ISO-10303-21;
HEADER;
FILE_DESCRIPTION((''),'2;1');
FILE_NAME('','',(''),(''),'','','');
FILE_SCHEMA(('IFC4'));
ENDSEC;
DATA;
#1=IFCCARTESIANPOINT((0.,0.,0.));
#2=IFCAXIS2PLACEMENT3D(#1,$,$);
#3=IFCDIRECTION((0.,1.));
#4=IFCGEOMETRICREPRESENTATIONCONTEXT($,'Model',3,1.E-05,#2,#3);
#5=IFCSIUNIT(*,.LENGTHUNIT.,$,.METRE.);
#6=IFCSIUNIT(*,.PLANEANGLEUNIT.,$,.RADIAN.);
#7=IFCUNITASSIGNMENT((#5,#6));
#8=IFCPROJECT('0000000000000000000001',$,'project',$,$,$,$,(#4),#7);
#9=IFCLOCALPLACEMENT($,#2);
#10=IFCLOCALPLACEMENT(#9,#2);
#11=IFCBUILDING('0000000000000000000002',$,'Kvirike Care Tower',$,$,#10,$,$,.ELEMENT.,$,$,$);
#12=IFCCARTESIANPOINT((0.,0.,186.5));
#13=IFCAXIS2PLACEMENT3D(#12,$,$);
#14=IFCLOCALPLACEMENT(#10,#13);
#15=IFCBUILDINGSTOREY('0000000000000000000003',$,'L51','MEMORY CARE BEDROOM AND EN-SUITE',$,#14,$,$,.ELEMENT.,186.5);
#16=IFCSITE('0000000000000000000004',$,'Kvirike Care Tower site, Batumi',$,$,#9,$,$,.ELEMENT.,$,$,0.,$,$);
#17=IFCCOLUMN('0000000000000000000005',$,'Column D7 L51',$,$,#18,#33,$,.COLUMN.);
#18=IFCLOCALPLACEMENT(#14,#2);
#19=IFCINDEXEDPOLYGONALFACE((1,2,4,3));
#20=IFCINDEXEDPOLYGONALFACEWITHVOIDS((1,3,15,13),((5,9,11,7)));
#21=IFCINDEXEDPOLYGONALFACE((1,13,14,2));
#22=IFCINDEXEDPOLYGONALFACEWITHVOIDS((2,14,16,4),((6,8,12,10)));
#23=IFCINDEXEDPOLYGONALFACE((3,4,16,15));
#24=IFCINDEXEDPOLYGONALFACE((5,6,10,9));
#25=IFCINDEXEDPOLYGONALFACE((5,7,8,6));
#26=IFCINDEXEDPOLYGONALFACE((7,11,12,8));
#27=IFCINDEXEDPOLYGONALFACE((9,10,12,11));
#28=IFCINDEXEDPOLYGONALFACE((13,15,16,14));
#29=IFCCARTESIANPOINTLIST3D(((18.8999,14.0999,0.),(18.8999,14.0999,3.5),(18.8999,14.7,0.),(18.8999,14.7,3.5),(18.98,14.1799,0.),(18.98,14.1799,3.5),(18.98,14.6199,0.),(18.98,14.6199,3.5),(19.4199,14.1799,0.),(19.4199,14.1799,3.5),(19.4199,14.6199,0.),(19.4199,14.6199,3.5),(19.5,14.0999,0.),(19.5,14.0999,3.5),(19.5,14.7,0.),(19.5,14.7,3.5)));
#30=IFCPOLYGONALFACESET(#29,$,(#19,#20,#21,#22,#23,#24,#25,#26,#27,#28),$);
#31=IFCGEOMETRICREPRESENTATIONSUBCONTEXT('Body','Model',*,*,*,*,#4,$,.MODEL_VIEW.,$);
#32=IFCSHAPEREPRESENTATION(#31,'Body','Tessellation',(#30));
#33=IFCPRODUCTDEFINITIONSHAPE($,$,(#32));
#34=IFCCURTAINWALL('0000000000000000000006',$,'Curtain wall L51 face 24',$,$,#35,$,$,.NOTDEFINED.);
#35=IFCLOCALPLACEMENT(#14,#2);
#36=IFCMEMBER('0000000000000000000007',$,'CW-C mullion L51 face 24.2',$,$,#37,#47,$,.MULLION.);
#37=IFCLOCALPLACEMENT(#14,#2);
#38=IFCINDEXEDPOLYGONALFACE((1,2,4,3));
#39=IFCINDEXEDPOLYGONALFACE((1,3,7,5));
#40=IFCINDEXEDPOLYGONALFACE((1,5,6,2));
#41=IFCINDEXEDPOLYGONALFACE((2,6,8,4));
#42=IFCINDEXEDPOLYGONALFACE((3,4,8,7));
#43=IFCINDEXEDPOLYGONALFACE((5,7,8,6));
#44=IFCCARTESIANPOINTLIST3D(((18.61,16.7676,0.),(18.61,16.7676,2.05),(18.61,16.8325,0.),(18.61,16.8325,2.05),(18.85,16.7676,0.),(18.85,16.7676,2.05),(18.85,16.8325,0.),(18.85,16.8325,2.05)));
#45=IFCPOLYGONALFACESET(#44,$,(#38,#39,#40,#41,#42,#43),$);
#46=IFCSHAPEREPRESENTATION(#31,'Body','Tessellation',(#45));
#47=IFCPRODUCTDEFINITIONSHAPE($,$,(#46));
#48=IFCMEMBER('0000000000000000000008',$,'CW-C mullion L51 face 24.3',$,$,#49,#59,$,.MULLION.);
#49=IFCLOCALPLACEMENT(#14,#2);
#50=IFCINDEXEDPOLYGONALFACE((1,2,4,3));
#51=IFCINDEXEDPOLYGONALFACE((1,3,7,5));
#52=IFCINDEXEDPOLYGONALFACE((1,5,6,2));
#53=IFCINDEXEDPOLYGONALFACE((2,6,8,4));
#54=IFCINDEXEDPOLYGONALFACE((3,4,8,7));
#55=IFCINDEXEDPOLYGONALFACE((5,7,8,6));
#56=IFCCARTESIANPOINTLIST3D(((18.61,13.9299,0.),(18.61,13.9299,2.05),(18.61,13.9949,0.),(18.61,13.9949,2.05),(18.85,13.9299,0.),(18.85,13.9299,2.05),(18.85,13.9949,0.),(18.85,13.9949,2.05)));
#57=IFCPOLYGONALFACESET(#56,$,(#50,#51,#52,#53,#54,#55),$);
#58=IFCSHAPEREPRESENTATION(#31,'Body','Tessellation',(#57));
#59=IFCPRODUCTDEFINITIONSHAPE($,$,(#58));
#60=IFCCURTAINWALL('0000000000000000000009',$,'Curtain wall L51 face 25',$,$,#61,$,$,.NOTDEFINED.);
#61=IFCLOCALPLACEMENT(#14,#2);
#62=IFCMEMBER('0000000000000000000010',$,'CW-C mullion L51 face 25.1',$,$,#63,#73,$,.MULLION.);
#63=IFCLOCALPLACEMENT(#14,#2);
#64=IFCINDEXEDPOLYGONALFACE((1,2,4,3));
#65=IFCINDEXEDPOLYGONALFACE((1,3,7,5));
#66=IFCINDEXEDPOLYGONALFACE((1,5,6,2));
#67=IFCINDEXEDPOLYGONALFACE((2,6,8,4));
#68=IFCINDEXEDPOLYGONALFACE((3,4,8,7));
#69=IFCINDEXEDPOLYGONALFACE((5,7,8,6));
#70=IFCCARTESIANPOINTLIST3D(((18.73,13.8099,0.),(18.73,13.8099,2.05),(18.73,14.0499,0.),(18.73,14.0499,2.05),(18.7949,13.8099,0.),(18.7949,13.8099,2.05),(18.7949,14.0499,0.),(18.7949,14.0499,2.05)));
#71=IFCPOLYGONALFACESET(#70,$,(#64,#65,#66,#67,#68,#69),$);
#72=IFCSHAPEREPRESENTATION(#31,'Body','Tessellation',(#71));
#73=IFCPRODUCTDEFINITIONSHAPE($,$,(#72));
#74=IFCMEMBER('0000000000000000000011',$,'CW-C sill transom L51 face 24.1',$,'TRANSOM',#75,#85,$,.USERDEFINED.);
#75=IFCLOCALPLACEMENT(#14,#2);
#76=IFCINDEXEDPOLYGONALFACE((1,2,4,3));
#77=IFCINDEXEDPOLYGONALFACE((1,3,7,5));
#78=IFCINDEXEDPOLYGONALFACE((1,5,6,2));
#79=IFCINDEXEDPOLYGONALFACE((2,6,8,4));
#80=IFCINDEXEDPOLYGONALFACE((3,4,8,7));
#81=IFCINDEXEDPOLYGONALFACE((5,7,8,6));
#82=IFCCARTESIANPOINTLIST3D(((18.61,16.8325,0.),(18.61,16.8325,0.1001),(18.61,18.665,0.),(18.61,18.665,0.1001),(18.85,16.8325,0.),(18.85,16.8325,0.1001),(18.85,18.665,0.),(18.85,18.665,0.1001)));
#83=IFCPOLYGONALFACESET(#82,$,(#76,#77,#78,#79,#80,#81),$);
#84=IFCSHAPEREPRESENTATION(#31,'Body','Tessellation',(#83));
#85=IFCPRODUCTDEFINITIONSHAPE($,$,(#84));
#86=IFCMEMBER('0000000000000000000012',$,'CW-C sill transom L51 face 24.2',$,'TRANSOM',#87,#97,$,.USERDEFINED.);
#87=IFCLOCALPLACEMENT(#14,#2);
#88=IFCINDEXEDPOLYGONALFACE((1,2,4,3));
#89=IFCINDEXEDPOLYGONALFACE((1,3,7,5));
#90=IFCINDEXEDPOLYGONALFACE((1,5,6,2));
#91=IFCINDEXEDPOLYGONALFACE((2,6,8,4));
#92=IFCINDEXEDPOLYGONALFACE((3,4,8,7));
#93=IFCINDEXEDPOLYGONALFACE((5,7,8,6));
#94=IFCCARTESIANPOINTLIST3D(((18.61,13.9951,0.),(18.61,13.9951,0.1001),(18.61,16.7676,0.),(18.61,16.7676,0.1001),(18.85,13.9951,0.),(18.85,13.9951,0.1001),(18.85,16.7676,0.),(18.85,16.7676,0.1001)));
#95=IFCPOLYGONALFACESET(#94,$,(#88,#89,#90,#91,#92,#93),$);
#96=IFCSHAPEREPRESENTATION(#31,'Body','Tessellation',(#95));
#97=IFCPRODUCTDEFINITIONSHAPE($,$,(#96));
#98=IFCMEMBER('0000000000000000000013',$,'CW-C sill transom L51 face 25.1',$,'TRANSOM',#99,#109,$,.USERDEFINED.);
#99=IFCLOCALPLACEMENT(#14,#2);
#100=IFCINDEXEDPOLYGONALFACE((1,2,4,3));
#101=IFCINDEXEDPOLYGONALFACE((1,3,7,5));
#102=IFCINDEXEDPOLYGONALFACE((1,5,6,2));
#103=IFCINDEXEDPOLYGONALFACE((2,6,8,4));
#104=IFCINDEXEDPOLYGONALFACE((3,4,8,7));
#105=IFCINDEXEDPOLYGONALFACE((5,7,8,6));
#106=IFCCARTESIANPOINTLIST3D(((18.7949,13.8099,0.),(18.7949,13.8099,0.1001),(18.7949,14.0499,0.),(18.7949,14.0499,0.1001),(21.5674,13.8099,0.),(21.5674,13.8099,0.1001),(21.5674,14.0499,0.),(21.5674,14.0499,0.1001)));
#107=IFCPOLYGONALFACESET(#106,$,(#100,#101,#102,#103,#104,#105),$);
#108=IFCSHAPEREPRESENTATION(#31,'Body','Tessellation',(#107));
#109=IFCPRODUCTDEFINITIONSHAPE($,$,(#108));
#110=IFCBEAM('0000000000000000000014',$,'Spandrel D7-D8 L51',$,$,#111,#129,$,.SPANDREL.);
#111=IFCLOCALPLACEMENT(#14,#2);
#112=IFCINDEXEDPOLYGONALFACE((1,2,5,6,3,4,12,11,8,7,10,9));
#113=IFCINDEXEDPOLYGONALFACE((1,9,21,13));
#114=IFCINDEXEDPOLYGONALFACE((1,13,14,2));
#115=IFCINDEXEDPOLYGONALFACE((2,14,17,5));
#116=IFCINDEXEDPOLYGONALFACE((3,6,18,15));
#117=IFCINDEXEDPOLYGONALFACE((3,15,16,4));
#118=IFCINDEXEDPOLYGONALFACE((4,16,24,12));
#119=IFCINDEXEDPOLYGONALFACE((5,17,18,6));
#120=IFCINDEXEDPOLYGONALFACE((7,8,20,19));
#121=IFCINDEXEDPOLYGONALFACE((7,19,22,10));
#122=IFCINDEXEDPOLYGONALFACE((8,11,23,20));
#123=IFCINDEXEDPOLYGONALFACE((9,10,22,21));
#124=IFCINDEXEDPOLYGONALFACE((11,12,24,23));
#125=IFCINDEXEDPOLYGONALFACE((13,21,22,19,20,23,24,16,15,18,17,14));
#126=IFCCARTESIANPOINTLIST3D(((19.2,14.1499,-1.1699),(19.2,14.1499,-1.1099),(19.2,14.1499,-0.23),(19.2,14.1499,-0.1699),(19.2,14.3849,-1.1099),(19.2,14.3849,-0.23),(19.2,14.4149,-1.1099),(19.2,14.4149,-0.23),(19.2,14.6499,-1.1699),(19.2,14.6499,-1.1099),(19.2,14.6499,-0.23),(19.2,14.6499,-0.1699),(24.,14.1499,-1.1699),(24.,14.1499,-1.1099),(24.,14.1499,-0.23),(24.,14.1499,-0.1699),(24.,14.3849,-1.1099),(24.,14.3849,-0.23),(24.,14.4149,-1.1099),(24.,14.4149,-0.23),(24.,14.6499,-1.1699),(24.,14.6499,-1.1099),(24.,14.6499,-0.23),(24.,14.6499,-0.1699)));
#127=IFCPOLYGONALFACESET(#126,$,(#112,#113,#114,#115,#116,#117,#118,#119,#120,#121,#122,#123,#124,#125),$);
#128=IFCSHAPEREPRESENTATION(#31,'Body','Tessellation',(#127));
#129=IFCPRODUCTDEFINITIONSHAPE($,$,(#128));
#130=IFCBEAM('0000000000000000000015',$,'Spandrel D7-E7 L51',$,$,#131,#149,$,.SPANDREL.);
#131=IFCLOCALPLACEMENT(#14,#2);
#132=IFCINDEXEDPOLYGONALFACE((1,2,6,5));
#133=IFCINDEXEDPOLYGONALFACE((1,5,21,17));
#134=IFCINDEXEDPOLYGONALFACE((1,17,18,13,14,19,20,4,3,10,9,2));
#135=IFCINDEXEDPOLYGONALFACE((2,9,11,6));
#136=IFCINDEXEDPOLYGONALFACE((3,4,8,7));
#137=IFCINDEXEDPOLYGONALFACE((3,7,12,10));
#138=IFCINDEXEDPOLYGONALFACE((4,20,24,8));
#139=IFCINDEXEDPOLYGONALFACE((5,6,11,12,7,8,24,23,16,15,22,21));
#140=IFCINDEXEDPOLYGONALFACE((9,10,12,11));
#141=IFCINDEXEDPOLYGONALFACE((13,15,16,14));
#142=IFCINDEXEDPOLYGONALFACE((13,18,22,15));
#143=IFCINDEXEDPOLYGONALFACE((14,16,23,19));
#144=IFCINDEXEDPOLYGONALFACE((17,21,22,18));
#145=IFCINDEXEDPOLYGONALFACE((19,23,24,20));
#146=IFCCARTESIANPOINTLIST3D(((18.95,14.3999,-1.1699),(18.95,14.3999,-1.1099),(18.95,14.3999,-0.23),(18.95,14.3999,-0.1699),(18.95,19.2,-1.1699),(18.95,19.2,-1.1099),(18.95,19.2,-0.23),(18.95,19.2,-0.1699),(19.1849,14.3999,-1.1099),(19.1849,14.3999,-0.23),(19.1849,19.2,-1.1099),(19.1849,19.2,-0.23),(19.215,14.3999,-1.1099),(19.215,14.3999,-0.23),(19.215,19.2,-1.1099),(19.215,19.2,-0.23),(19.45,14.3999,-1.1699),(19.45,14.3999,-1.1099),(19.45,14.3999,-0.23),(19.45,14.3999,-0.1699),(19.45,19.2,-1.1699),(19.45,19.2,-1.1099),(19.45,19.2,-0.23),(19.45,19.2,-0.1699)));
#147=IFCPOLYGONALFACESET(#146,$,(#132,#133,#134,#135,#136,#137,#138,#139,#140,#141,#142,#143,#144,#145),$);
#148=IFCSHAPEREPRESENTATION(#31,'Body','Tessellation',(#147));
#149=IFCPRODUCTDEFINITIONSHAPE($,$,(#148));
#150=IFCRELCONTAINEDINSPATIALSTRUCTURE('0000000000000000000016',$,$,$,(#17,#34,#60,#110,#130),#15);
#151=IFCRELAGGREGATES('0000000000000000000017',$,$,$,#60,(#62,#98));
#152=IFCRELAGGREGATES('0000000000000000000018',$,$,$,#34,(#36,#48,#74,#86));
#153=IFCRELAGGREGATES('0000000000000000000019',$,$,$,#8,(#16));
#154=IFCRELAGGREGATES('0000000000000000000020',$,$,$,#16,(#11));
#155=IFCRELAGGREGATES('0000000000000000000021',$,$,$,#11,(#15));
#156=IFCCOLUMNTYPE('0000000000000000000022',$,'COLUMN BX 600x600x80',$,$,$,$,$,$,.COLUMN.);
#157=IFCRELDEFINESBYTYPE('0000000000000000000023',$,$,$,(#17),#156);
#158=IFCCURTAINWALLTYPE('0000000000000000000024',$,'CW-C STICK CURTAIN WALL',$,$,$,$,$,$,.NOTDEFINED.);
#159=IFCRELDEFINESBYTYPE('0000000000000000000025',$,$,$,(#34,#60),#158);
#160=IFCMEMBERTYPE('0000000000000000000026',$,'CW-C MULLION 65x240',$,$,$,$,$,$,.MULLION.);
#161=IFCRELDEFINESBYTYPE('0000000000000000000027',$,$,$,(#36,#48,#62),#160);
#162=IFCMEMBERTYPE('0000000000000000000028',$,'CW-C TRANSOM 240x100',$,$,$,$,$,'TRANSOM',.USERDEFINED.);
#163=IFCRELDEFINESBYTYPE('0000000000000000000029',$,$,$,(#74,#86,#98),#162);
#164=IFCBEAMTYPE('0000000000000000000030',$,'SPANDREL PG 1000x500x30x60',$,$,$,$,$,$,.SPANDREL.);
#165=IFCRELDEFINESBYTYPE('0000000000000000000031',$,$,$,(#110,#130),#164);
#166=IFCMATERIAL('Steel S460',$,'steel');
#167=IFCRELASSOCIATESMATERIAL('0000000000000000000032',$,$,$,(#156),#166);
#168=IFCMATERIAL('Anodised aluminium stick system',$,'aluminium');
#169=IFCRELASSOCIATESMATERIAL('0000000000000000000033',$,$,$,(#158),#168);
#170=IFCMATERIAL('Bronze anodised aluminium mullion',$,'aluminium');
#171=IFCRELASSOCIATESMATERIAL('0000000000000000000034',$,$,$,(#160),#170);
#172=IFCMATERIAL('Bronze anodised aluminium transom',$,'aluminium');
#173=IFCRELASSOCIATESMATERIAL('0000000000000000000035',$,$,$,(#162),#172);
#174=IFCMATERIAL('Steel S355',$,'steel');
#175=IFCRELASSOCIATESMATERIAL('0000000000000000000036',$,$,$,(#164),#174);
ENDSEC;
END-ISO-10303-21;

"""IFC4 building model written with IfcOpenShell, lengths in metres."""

from ifc_helpers import new_model, si_unit, direction, frame, origin, origin_2d, place, context, subcontext, project, spatial, rectangle, hollow_rectangle, i_section, extrude, material, material_profile, profile_set, type_object, element, aggregate, save


model = new_model("IFC4")

# Units and contexts
model_context = context("Model", 3, precision=1e-05, world=origin(), true_north=direction((0.0, 1.0)))
body_context = subcontext(model_context, "Body", "Model", "MODEL_VIEW")
ifc_project = project(units=[si_unit("LENGTHUNIT", "METRE"), si_unit("PLANEANGLEUNIT", "RADIAN")], contexts=[model_context])

# Site, building, storey
site_placement = place(None, origin())
site = spatial("IfcSite", under=ifc_project, at=site_placement, Name="Kvirike Care Tower site, Batumi", CompositionType="ELEMENT", RefElevation=0.0)
building_placement = place(site_placement, origin())
building = spatial("IfcBuilding", under=site, at=building_placement, Name="Kvirike Care Tower", CompositionType="ELEMENT")
storey_placement = place(building_placement, frame((0.0, 0.0, 186.5)))
storey = spatial("IfcBuildingStorey", under=building, at=storey_placement, Name="L51", Description="MEMORY CARE BEDROOM AND EN-SUITE", CompositionType="ELEMENT", Elevation=186.5)

# Column
ifc_material_1 = material(Name="Steel S460", Category="steel")
ifc_material_profile_1 = material_profile(ifc_material_1, hollow_rectangle(XDim=0.6001, YDim=0.6001, WallThickness=0.0801, at=origin_2d()), Name="BX 600x600x80")
ifc_profile_set_1 = profile_set([ifc_material_profile_1], Name="Steel S460")
column_type = type_object("IfcColumnType", Name="COLUMN BX 600x600x80", PredefinedType="COLUMN", material=ifc_profile_set_1)
column_placement = place(storey_placement, frame((19.2, 14.3999, 0.0), z_axis=(0.0, 0.0, 1.0), x_axis=(0.0, 1.0, 0.0)))
element("IfcColumn", 1, at=column_placement, inside=storey, type_object=column_type, Name="Column D7 L51", PredefinedType="COLUMN", context=body_context, shape_type="SweptSolid", body=[
    extrude(hollow_rectangle(XDim=0.6001, YDim=0.6001, WallThickness=0.0801, at=origin_2d()), origin(), (0.0, 0.0, 1.0), 3.5),
])

# Curtain wall, members
ifc_material_2 = material(Name="Anodised aluminium stick system", Category="aluminium")
curtain_wall_type = type_object("IfcCurtainWallType", Name="CW-C STICK CURTAIN WALL", PredefinedType="NOTDEFINED", material=ifc_material_2)
curtain_wall_1_placement = place(storey_placement, origin())
curtain_wall_1 = element("IfcCurtainWall", 2, at=curtain_wall_1_placement, inside=storey, type_object=curtain_wall_type, Name="Curtain wall L51 face 24", PredefinedType="NOTDEFINED")
ifc_material_3 = material(Name="Bronze anodised aluminium mullion", Category="aluminium")
ifc_material_profile_2 = material_profile(ifc_material_3, rectangle(XDim=0.0649, YDim=0.24, at=origin_2d()), Name="CW-C MULLION 65x240")
ifc_profile_set_2 = profile_set([ifc_material_profile_2], Name="Bronze anodised aluminium mullion")
member_type_1 = type_object("IfcMemberType", Name="CW-C MULLION 65x240", PredefinedType="MULLION", material=ifc_profile_set_2)
member_1_placement = place(storey_placement, frame((18.73, 16.8, 0.0), z_axis=(0.0, 0.0, 1.0), x_axis=(0.0, -1.0, 0.0)))
member_1 = element("IfcMember", 3, at=member_1_placement, type_object=member_type_1, Name="CW-C mullion L51 face 24.2", PredefinedType="MULLION", context=body_context, shape_type="SweptSolid", body=[
    extrude(rectangle(XDim=0.0649, YDim=0.24, at=origin_2d()), origin(), (0.0, 0.0, 1.0), 2.05),
])
member_2_placement = place(storey_placement, frame((18.73, 13.9624, 0.0), z_axis=(0.0, 0.0, 1.0), x_axis=(0.0, -1.0, 0.0)))
member_2 = element("IfcMember", 4, at=member_2_placement, type_object=member_type_1, Name="CW-C mullion L51 face 24.3", PredefinedType="MULLION", context=body_context, shape_type="SweptSolid", body=[
    extrude(rectangle(XDim=0.0649, YDim=0.24, at=origin_2d()), origin(), (0.0, 0.0, 1.0), 2.05),
])

# Curtain wall, member
curtain_wall_2_placement = place(storey_placement, origin())
curtain_wall_2 = element("IfcCurtainWall", 5, at=curtain_wall_2_placement, inside=storey, type_object=curtain_wall_type, Name="Curtain wall L51 face 25", PredefinedType="NOTDEFINED")
member_3_placement = place(storey_placement, frame((18.7625, 13.9299, 0.0), z_axis=(0.0, 0.0, 1.0), x_axis=(1.0, 0.0, 0.0)))
member_3 = element("IfcMember", 6, at=member_3_placement, type_object=member_type_1, Name="CW-C mullion L51 face 25.1", PredefinedType="MULLION", context=body_context, shape_type="SweptSolid", body=[
    extrude(rectangle(XDim=0.0649, YDim=0.24, at=origin_2d()), origin(), (0.0, 0.0, 1.0), 2.05),
])

# Members
ifc_material_4 = material(Name="Bronze anodised aluminium transom", Category="aluminium")
ifc_material_profile_3 = material_profile(ifc_material_4, rectangle(XDim=0.24, YDim=0.1001, at=origin_2d()), Name="CW-C TRANSOM 240x100")
ifc_profile_set_3 = profile_set([ifc_material_profile_3], Name="Bronze anodised aluminium transom")
member_type_2 = type_object("IfcMemberType", Name="CW-C TRANSOM 240x100", ElementType="TRANSOM", PredefinedType="USERDEFINED", material=ifc_profile_set_3)
member_4_placement = place(storey_placement, frame((18.73, 18.665, 0.05), z_axis=(0.0, -1.0, 0.0), x_axis=(1.0, 0.0, 0.0)))
member_4 = element("IfcMember", 7, at=member_4_placement, type_object=member_type_2, Name="CW-C sill transom L51 face 24.1", ObjectType="TRANSOM", PredefinedType="USERDEFINED", context=body_context, shape_type="SweptSolid", body=[
    extrude(rectangle(XDim=0.24, YDim=0.1001, at=origin_2d()), origin(), (0.0, 0.0, 1.0), 1.8325),
])
member_5_placement = place(storey_placement, frame((18.73, 16.7676, 0.05), z_axis=(0.0, -1.0, 0.0), x_axis=(1.0, 0.0, 0.0)))
member_5 = element("IfcMember", 8, at=member_5_placement, type_object=member_type_2, Name="CW-C sill transom L51 face 24.2", ObjectType="TRANSOM", PredefinedType="USERDEFINED", context=body_context, shape_type="SweptSolid", body=[
    extrude(rectangle(XDim=0.24, YDim=0.1001, at=origin_2d()), origin(), (0.0, 0.0, 1.0), 2.7725),
])
member_6_placement = place(storey_placement, frame((18.7949, 13.9299, 0.05), z_axis=(1.0, 0.0, 0.0), x_axis=(0.0, 1.0, 0.0)))
member_6 = element("IfcMember", 9, at=member_6_placement, type_object=member_type_2, Name="CW-C sill transom L51 face 25.1", ObjectType="TRANSOM", PredefinedType="USERDEFINED", context=body_context, shape_type="SweptSolid", body=[
    extrude(rectangle(XDim=0.24, YDim=0.1001, at=origin_2d()), origin(), (0.0, 0.0, 1.0), 2.7725),
])
aggregate(curtain_wall_2, [member_3, member_6])

# Beams
ifc_material_5 = material(Name="Steel S355", Category="steel")
ifc_material_profile_4 = material_profile(ifc_material_5, i_section(OverallWidth=0.5, OverallDepth=1.0, WebThickness=0.03, FlangeThickness=0.0601, at=origin_2d()), Name="PG 1000x500x30x60")
ifc_profile_set_4 = profile_set([ifc_material_profile_4], Name="Steel S355")
beam_type = type_object("IfcBeamType", Name="SPANDREL PG 1000x500x30x60", PredefinedType="SPANDREL", material=ifc_profile_set_4)
for number, where, z_axis, x_axis, name in (
    (10, (19.2, 14.3999, -0.6699), (1.0, 0.0, 0.0), (0.0, 1.0, 0.0), "Spandrel D7-D8 L51"),
    (11, (19.2, 14.3999, -0.6699), (0.0, 1.0, 0.0), (-1.0, 0.0, 0.0), "Spandrel D7-E7 L51"),
):
    element("IfcBeam", number, at=place(storey_placement, frame(where, z_axis=z_axis, x_axis=x_axis)), inside=storey, type_object=beam_type, Name=name, PredefinedType="SPANDREL", context=body_context, shape_type="SweptSolid", body=[
        extrude(i_section(OverallWidth=0.5, OverallDepth=1.0, WebThickness=0.03, FlangeThickness=0.0601, at=origin_2d()), origin(), (0.0, 0.0, 1.0), 4.8),
    ])

aggregate(curtain_wall_1, [member_1, member_2, member_4, member_5])

save(model, "model.ifc")
